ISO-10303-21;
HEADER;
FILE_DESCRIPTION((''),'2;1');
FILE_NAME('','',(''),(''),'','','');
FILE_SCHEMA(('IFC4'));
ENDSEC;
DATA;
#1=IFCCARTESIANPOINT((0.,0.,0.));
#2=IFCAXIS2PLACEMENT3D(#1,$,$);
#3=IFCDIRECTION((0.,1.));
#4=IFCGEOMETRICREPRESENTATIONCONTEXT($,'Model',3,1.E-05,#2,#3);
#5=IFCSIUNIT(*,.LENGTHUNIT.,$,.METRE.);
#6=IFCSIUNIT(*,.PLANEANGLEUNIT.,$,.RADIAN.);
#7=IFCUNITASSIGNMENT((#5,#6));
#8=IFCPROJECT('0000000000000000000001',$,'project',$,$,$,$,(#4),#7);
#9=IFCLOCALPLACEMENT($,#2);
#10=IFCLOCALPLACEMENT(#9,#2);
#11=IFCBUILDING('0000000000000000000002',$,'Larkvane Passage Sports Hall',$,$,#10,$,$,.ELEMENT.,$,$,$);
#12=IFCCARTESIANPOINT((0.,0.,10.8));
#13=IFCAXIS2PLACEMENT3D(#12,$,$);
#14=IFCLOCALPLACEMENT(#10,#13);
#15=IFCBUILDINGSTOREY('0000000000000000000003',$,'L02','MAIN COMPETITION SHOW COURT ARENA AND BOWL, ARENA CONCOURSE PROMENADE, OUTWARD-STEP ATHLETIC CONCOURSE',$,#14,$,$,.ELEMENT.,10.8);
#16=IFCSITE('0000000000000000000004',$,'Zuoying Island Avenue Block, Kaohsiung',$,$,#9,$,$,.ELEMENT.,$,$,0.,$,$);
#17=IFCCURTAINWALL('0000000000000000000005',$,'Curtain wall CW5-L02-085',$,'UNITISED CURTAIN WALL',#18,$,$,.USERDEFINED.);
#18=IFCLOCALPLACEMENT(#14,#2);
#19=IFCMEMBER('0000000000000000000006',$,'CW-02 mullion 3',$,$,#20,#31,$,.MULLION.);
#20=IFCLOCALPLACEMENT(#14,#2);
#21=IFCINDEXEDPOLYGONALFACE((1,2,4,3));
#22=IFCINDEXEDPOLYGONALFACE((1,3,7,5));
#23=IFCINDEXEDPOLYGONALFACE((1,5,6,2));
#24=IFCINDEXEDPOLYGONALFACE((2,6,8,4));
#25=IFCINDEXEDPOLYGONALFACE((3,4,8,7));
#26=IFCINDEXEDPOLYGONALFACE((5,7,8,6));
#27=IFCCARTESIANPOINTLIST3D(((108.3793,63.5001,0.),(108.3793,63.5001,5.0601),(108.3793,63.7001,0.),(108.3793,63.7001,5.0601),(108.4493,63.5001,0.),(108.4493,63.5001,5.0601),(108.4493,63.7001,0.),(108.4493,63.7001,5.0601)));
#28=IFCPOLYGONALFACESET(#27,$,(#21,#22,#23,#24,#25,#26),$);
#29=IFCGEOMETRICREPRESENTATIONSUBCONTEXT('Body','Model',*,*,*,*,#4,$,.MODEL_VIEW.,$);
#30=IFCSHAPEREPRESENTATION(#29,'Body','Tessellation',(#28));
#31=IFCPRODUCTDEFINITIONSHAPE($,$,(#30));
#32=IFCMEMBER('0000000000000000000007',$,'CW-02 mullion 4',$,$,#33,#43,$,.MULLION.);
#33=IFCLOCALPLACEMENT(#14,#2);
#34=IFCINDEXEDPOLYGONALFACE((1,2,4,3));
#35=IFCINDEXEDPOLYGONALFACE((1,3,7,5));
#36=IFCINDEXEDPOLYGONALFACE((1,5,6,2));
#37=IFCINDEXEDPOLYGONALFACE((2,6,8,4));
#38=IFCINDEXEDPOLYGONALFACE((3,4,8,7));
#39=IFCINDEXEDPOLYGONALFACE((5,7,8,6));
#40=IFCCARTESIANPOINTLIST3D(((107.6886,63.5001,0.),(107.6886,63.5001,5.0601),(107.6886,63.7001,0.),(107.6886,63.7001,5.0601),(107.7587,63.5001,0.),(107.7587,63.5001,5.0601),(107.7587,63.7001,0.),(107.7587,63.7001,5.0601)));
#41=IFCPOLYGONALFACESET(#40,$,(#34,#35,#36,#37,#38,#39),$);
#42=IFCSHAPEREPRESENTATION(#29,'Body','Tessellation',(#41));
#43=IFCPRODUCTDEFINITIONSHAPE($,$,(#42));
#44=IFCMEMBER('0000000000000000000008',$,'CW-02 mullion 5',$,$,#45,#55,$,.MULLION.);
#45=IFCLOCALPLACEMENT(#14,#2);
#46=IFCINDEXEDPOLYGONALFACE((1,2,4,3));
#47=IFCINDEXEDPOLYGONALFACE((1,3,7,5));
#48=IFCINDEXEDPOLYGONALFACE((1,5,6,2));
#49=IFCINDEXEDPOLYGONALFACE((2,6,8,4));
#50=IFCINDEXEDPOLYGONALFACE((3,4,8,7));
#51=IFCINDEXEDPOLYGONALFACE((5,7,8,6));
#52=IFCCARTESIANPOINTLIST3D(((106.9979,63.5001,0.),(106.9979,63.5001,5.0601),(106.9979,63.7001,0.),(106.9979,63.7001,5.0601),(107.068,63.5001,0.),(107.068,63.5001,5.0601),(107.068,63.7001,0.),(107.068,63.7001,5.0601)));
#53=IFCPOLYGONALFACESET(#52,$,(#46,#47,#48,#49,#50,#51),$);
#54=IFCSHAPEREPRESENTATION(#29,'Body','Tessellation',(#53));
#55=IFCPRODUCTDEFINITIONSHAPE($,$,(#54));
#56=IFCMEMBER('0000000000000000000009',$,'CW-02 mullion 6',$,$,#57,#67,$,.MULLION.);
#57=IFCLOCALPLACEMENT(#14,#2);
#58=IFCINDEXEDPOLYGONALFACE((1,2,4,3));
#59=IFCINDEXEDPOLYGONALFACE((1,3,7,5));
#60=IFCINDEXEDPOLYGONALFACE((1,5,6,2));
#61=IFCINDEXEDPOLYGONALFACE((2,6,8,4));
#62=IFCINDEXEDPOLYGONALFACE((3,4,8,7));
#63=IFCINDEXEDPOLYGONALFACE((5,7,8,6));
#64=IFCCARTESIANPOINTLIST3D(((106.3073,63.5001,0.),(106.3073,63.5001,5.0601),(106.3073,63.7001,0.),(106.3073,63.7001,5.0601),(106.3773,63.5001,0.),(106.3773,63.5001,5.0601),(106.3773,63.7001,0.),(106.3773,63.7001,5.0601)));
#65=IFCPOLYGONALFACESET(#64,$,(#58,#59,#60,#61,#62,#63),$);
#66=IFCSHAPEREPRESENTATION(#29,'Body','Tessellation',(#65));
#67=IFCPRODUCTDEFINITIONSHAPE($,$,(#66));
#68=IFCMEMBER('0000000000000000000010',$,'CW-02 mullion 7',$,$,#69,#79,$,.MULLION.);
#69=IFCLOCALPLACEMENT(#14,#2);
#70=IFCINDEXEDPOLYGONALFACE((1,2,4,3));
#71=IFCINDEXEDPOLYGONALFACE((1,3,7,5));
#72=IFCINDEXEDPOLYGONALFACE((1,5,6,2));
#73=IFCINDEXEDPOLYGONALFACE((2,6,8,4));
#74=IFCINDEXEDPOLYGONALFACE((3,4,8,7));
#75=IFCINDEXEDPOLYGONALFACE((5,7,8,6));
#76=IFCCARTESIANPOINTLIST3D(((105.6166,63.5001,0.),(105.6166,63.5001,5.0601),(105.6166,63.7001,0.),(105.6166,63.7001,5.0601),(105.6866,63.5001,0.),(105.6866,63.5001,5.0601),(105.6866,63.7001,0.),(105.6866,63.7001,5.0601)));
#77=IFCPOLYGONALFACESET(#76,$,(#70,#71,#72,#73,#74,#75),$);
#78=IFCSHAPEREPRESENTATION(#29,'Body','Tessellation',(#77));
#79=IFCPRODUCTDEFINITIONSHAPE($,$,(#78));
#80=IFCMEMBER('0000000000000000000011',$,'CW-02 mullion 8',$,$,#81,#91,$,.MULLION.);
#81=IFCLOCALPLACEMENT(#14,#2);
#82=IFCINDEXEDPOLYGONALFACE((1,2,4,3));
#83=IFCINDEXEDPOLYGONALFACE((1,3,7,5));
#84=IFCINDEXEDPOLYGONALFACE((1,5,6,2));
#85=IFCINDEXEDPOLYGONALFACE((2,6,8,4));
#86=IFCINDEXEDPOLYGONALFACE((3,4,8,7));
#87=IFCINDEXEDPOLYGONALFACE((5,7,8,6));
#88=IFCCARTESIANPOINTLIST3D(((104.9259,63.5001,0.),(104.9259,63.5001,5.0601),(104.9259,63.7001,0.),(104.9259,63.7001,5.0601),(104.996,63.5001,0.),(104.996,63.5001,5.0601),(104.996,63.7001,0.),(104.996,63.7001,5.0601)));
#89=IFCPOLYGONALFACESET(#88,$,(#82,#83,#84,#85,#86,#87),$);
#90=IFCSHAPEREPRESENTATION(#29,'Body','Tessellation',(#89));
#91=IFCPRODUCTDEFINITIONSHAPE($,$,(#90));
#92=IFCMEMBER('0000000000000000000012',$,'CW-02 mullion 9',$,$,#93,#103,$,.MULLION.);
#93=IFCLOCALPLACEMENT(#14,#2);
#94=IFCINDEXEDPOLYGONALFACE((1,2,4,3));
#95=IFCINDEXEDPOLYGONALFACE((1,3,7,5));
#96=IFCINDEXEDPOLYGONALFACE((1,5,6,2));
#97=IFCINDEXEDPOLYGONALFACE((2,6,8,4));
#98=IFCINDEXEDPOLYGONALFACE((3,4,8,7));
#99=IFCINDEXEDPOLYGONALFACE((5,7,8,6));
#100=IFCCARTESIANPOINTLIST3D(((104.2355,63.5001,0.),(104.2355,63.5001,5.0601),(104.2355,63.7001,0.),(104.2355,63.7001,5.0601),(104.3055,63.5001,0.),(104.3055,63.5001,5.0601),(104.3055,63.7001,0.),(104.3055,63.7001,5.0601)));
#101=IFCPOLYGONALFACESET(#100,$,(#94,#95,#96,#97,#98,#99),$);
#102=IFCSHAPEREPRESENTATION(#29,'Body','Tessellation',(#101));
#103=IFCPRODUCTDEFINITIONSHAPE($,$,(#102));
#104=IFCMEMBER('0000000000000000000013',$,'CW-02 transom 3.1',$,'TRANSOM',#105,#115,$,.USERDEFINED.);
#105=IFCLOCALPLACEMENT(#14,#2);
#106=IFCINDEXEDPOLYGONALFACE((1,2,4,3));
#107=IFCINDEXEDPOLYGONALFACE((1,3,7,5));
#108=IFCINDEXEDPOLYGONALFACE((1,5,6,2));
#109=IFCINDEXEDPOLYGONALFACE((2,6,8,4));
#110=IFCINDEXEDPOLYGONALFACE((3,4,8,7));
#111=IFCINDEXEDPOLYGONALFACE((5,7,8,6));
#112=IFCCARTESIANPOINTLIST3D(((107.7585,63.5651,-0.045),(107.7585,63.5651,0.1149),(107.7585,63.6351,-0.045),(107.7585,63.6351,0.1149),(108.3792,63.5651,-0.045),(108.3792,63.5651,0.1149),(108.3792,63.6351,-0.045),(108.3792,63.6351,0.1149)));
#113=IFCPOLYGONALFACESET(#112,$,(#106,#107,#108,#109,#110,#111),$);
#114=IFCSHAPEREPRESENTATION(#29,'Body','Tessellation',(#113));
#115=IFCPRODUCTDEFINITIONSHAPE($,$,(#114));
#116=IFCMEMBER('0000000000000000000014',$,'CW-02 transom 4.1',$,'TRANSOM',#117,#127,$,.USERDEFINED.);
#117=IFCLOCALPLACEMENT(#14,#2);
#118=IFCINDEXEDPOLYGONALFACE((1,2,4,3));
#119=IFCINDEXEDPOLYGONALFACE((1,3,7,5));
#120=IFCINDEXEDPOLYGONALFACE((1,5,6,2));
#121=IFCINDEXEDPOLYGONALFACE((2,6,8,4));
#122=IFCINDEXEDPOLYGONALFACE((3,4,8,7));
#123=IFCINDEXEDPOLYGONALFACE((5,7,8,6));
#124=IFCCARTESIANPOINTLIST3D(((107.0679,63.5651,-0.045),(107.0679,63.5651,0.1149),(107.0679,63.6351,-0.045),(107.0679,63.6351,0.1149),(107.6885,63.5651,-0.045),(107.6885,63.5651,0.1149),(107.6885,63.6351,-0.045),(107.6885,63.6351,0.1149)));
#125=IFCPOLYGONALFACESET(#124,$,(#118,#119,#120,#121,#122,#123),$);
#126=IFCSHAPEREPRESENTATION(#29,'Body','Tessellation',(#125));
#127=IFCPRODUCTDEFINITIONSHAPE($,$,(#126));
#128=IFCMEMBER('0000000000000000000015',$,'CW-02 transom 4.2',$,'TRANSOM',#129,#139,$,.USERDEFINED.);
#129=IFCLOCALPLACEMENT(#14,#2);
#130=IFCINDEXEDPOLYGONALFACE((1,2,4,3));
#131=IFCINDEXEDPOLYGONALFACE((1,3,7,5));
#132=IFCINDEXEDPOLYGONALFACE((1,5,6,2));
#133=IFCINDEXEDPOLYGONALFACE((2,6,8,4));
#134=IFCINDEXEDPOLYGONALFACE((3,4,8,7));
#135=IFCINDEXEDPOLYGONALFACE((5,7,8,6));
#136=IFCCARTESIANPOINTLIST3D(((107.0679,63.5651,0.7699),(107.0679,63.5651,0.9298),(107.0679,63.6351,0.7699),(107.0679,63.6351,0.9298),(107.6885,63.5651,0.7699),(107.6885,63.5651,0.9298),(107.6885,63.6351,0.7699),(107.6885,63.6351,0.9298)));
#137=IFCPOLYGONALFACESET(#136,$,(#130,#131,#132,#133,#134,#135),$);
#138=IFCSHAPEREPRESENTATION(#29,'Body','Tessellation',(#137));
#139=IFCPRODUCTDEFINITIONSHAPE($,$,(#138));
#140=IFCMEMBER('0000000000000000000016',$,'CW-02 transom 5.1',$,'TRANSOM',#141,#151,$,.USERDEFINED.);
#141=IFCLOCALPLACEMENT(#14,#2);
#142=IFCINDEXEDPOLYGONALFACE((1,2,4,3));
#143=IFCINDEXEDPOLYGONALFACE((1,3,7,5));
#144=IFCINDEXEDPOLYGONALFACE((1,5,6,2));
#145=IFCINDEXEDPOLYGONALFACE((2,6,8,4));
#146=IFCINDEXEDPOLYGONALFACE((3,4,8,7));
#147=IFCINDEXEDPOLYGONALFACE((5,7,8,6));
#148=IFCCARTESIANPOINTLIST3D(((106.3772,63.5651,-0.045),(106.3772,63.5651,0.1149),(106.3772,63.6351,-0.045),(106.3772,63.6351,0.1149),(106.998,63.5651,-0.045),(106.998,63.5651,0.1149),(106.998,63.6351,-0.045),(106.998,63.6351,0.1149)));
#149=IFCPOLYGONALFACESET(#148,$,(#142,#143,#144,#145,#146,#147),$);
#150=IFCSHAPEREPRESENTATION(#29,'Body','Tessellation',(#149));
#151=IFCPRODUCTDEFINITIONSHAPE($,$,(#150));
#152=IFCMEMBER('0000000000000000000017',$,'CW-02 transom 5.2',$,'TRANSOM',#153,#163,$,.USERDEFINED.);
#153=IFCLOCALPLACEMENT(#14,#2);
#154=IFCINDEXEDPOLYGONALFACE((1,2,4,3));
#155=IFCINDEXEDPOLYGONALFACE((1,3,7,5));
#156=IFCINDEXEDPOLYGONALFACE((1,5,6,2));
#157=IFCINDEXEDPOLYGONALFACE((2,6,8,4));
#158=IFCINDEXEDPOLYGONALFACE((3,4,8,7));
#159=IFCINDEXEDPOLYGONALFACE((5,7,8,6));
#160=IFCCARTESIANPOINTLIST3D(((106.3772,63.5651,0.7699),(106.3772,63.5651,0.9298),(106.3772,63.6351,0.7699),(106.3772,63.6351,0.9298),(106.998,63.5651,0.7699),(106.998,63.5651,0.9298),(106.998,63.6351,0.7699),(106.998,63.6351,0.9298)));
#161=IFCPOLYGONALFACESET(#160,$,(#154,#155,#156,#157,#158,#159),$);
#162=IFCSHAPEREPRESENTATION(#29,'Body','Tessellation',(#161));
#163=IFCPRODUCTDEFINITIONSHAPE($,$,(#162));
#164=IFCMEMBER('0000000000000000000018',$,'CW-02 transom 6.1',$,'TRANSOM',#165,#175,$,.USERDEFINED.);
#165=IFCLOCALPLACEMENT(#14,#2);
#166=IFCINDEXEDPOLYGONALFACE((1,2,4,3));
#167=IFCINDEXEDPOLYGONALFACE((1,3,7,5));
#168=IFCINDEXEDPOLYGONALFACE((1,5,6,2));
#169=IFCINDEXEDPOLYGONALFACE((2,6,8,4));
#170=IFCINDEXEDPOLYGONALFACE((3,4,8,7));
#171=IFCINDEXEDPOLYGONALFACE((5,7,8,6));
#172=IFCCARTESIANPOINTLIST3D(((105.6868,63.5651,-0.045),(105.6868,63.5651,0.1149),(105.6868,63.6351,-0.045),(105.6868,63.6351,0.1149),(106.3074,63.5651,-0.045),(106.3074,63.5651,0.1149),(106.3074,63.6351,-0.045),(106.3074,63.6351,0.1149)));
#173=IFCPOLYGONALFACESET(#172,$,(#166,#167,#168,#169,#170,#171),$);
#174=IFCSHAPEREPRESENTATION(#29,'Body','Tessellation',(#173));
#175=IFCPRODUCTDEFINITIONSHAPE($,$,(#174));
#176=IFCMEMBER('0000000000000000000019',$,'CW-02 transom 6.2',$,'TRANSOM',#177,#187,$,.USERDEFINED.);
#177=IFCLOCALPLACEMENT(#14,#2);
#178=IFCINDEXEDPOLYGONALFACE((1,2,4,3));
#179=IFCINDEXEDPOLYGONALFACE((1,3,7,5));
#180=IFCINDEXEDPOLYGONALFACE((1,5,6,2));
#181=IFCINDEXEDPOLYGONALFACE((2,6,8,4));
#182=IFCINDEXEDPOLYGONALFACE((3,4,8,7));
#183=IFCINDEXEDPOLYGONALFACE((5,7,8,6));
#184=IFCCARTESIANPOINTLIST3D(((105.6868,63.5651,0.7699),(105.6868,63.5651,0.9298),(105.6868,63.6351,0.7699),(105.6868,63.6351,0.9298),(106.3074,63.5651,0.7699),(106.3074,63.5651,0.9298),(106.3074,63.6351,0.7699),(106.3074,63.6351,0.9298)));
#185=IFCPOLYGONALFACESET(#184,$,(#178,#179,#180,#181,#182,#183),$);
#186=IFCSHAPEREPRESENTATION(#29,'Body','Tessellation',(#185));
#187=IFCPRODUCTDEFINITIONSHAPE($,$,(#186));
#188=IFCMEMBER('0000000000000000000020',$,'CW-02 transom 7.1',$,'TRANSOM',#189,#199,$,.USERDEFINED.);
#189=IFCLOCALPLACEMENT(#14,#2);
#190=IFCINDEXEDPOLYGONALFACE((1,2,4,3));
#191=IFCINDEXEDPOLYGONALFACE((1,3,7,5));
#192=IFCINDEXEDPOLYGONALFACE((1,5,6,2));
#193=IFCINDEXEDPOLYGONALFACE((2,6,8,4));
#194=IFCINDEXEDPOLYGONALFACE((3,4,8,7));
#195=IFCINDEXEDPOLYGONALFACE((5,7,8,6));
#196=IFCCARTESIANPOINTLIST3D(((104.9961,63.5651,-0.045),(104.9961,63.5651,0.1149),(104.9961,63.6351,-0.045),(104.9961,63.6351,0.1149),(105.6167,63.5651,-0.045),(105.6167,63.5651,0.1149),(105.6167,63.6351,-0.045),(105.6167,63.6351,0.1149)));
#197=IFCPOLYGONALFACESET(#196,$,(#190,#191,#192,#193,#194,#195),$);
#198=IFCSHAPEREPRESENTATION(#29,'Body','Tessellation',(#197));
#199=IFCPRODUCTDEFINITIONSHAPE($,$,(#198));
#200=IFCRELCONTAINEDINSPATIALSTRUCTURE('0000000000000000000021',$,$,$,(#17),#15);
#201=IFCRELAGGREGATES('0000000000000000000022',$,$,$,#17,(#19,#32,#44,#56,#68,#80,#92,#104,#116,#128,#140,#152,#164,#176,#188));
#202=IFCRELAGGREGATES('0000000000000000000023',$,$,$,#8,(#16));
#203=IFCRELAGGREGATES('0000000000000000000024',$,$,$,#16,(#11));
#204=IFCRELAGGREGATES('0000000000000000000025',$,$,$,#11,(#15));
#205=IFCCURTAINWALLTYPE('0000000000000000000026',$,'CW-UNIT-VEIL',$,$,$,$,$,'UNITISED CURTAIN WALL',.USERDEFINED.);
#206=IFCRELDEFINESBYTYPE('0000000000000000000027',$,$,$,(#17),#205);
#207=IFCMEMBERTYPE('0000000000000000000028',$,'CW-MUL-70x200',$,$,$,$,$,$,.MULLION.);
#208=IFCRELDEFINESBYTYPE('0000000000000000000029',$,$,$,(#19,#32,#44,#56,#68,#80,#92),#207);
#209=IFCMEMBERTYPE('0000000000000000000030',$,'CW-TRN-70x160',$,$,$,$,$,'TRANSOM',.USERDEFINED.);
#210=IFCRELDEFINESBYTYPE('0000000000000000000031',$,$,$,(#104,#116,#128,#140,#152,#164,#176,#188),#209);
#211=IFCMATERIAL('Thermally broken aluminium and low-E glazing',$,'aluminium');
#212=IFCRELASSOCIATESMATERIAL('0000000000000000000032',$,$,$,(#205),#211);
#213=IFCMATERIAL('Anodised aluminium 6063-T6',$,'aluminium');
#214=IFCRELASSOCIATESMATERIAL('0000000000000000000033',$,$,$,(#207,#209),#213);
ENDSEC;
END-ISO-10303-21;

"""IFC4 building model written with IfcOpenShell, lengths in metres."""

from ifc_helpers import new_model, si_unit, direction, frame, origin, origin_2d, place, context, subcontext, project, spatial, rectangle, extrude, material, material_profile, profile_set, type_object, element, aggregate, save


model = new_model("IFC4")

# Units and contexts
model_context = context("Model", 3, precision=1e-05, world=origin(), true_north=direction((0.0, 1.0)))
body_context = subcontext(model_context, "Body", "Model", "MODEL_VIEW")
ifc_project = project(units=[si_unit("LENGTHUNIT", "METRE"), si_unit("PLANEANGLEUNIT", "RADIAN")], contexts=[model_context])

# Site, building, storey
site_placement = place(None, origin())
site = spatial("IfcSite", under=ifc_project, at=site_placement, Name="Zuoying Island Avenue Block, Kaohsiung", CompositionType="ELEMENT", RefElevation=0.0)
building_placement = place(site_placement, origin())
building = spatial("IfcBuilding", under=site, at=building_placement, Name="Larkvane Passage Sports Hall", CompositionType="ELEMENT")
storey_placement = place(building_placement, frame((0.0, 0.0, 10.8)))
storey = spatial("IfcBuildingStorey", under=building, at=storey_placement, Name="L02", Description="MAIN COMPETITION SHOW COURT ARENA AND BOWL, ARENA CONCOURSE PROMENADE, OUTWARD-STEP ATHLETIC CONCOURSE", CompositionType="ELEMENT", Elevation=10.8)

# Curtain wall, members
ifc_material_1 = material(Name="Thermally broken aluminium and low-E glazing", Category="aluminium")
curtain_wall_type = type_object("IfcCurtainWallType", Name="CW-UNIT-VEIL", ElementType="UNITISED CURTAIN WALL", PredefinedType="USERDEFINED", material=ifc_material_1)
curtain_wall_placement = place(storey_placement, origin())
curtain_wall = element("IfcCurtainWall", 1, at=curtain_wall_placement, inside=storey, type_object=curtain_wall_type, Name="Curtain wall CW5-L02-085", ObjectType="UNITISED CURTAIN WALL", PredefinedType="USERDEFINED")
ifc_material_2 = material(Name="Anodised aluminium 6063-T6", Category="aluminium")
ifc_material_profile_1 = material_profile(ifc_material_2, rectangle(XDim=0.0701, YDim=0.2, at=origin_2d()), Name="ALU-MUL-70x200")
ifc_profile_set_1 = profile_set([ifc_material_profile_1], Name="Anodised aluminium 6063-T6")
member_type_1 = type_object("IfcMemberType", Name="CW-MUL-70x200", PredefinedType="MULLION", material=ifc_profile_set_1)
member_1_placement = place(storey_placement, frame((108.4143, 63.6001, 0.0), z_axis=(0.0, 0.0, 1.0), x_axis=(-1.0, 0.0, 0.0)))
member_1 = element("IfcMember", 2, at=member_1_placement, type_object=member_type_1, Name="CW-02 mullion 3", PredefinedType="MULLION", context=body_context, shape_type="SweptSolid", body=[
    extrude(rectangle(XDim=0.0701, YDim=0.2, at=origin_2d()), origin(), (0.0, 0.0, 1.0), 5.0601),
])
member_2_placement = place(storey_placement, frame((107.7236, 63.6001, 0.0), z_axis=(0.0, 0.0, 1.0), x_axis=(-1.0, 0.0, 0.0)))
member_2 = element("IfcMember", 3, at=member_2_placement, type_object=member_type_1, Name="CW-02 mullion 4", PredefinedType="MULLION", context=body_context, shape_type="SweptSolid", body=[
    extrude(rectangle(XDim=0.0701, YDim=0.2, at=origin_2d()), origin(), (0.0, 0.0, 1.0), 5.0601),
])
member_3_placement = place(storey_placement, frame((107.033, 63.6001, 0.0), z_axis=(0.0, 0.0, 1.0), x_axis=(-1.0, 0.0, 0.0)))
member_3 = element("IfcMember", 4, at=member_3_placement, type_object=member_type_1, Name="CW-02 mullion 5", PredefinedType="MULLION", context=body_context, shape_type="SweptSolid", body=[
    extrude(rectangle(XDim=0.0701, YDim=0.2, at=origin_2d()), origin(), (0.0, 0.0, 1.0), 5.0601),
])
member_4_placement = place(storey_placement, frame((106.3423, 63.6001, 0.0), z_axis=(0.0, 0.0, 1.0), x_axis=(-1.0, 0.0, 0.0)))
member_4 = element("IfcMember", 5, at=member_4_placement, type_object=member_type_1, Name="CW-02 mullion 6", PredefinedType="MULLION", context=body_context, shape_type="SweptSolid", body=[
    extrude(rectangle(XDim=0.0701, YDim=0.2, at=origin_2d()), origin(), (0.0, 0.0, 1.0), 5.0601),
])
member_5_placement = place(storey_placement, frame((105.6516, 63.6001, 0.0), z_axis=(0.0, 0.0, 1.0), x_axis=(-1.0, 0.0, 0.0)))
member_5 = element("IfcMember", 6, at=member_5_placement, type_object=member_type_1, Name="CW-02 mullion 7", PredefinedType="MULLION", context=body_context, shape_type="SweptSolid", body=[
    extrude(rectangle(XDim=0.0701, YDim=0.2, at=origin_2d()), origin(), (0.0, 0.0, 1.0), 5.0601),
])
member_6_placement = place(storey_placement, frame((104.9609, 63.6001, 0.0), z_axis=(0.0, 0.0, 1.0), x_axis=(-1.0, 0.0, 0.0)))
member_6 = element("IfcMember", 7, at=member_6_placement, type_object=member_type_1, Name="CW-02 mullion 8", PredefinedType="MULLION", context=body_context, shape_type="SweptSolid", body=[
    extrude(rectangle(XDim=0.0701, YDim=0.2, at=origin_2d()), origin(), (0.0, 0.0, 1.0), 5.0601),
])
member_7_placement = place(storey_placement, frame((104.2705, 63.6001, 0.0), z_axis=(0.0, 0.0, 1.0), x_axis=(-1.0, 0.0, 0.0)))
member_7 = element("IfcMember", 8, at=member_7_placement, type_object=member_type_1, Name="CW-02 mullion 9", PredefinedType="MULLION", context=body_context, shape_type="SweptSolid", body=[
    extrude(rectangle(XDim=0.0701, YDim=0.2, at=origin_2d()), origin(), (0.0, 0.0, 1.0), 5.0601),
])
ifc_material_profile_2 = material_profile(ifc_material_2, rectangle(XDim=0.0701, YDim=0.1599, at=origin_2d()), Name="ALU-TRN-70x160")
ifc_profile_set_2 = profile_set([ifc_material_profile_2], Name="Anodised aluminium 6063-T6")
member_type_2 = type_object("IfcMemberType", Name="CW-TRN-70x160", ElementType="TRANSOM", PredefinedType="USERDEFINED", material=ifc_profile_set_2)
member_8_placement = place(storey_placement, frame((108.3792, 63.6001, 0.0349), z_axis=(-1.0, 0.0, 0.0), x_axis=(0.0, -1.0, 0.0)))
member_8 = element("IfcMember", 9, at=member_8_placement, type_object=member_type_2, Name="CW-02 transom 3.1", ObjectType="TRANSOM", PredefinedType="USERDEFINED", context=body_context, shape_type="SweptSolid", body=[
    extrude(rectangle(XDim=0.0701, YDim=0.1599, at=origin_2d()), origin(), (0.0, 0.0, 1.0), 0.6206),
])
member_9_placement = place(storey_placement, frame((107.6885, 63.6001, 0.0349), z_axis=(-1.0, 0.0, 0.0), x_axis=(0.0, -1.0, 0.0)))
member_9 = element("IfcMember", 10, at=member_9_placement, type_object=member_type_2, Name="CW-02 transom 4.1", ObjectType="TRANSOM", PredefinedType="USERDEFINED", context=body_context, shape_type="SweptSolid", body=[
    extrude(rectangle(XDim=0.0701, YDim=0.1599, at=origin_2d()), origin(), (0.0, 0.0, 1.0), 0.6206),
])
member_10_placement = place(storey_placement, frame((107.6885, 63.6001, 0.8499), z_axis=(-1.0, 0.0, 0.0), x_axis=(0.0, -1.0, 0.0)))
member_10 = element("IfcMember", 11, at=member_10_placement, type_object=member_type_2, Name="CW-02 transom 4.2", ObjectType="TRANSOM", PredefinedType="USERDEFINED", context=body_context, shape_type="SweptSolid", body=[
    extrude(rectangle(XDim=0.0701, YDim=0.1599, at=origin_2d()), origin(), (0.0, 0.0, 1.0), 0.6206),
])
member_11_placement = place(storey_placement, frame((106.998, 63.6001, 0.0349), z_axis=(-1.0, 0.0, 0.0), x_axis=(0.0, -1.0, 0.0)))
member_11 = element("IfcMember", 12, at=member_11_placement, type_object=member_type_2, Name="CW-02 transom 5.1", ObjectType="TRANSOM", PredefinedType="USERDEFINED", context=body_context, shape_type="SweptSolid", body=[
    extrude(rectangle(XDim=0.0701, YDim=0.1599, at=origin_2d()), origin(), (0.0, 0.0, 1.0), 0.6208),
])
member_12_placement = place(storey_placement, frame((106.998, 63.6001, 0.8499), z_axis=(-1.0, 0.0, 0.0), x_axis=(0.0, -1.0, 0.0)))
member_12 = element("IfcMember", 13, at=member_12_placement, type_object=member_type_2, Name="CW-02 transom 5.2", ObjectType="TRANSOM", PredefinedType="USERDEFINED", context=body_context, shape_type="SweptSolid", body=[
    extrude(rectangle(XDim=0.0701, YDim=0.1599, at=origin_2d()), origin(), (0.0, 0.0, 1.0), 0.6208),
])
member_13_placement = place(storey_placement, frame((106.3074, 63.6001, 0.0349), z_axis=(-1.0, 0.0, 0.0), x_axis=(0.0, -1.0, 0.0)))
member_13 = element("IfcMember", 14, at=member_13_placement, type_object=member_type_2, Name="CW-02 transom 6.1", ObjectType="TRANSOM", PredefinedType="USERDEFINED", context=body_context, shape_type="SweptSolid", body=[
    extrude(rectangle(XDim=0.0701, YDim=0.1599, at=origin_2d()), origin(), (0.0, 0.0, 1.0), 0.6206),
])
member_14_placement = place(storey_placement, frame((106.3074, 63.6001, 0.8499), z_axis=(-1.0, 0.0, 0.0), x_axis=(0.0, -1.0, 0.0)))
member_14 = element("IfcMember", 15, at=member_14_placement, type_object=member_type_2, Name="CW-02 transom 6.2", ObjectType="TRANSOM", PredefinedType="USERDEFINED", context=body_context, shape_type="SweptSolid", body=[
    extrude(rectangle(XDim=0.0701, YDim=0.1599, at=origin_2d()), origin(), (0.0, 0.0, 1.0), 0.6206),
])
member_15_placement = place(storey_placement, frame((105.6167, 63.6001, 0.0349), z_axis=(-1.0, 0.0, 0.0), x_axis=(0.0, -1.0, 0.0)))
member_15 = element("IfcMember", 16, at=member_15_placement, type_object=member_type_2, Name="CW-02 transom 7.1", ObjectType="TRANSOM", PredefinedType="USERDEFINED", context=body_context, shape_type="SweptSolid", body=[
    extrude(rectangle(XDim=0.0701, YDim=0.1599, at=origin_2d()), origin(), (0.0, 0.0, 1.0), 0.6206),
])
aggregate(curtain_wall, [member_1, member_2, member_3, member_4, member_5, member_6, member_7, member_8, member_9, member_10, member_11, member_12, member_13, member_14, member_15])

save(model, "model.ifc")
